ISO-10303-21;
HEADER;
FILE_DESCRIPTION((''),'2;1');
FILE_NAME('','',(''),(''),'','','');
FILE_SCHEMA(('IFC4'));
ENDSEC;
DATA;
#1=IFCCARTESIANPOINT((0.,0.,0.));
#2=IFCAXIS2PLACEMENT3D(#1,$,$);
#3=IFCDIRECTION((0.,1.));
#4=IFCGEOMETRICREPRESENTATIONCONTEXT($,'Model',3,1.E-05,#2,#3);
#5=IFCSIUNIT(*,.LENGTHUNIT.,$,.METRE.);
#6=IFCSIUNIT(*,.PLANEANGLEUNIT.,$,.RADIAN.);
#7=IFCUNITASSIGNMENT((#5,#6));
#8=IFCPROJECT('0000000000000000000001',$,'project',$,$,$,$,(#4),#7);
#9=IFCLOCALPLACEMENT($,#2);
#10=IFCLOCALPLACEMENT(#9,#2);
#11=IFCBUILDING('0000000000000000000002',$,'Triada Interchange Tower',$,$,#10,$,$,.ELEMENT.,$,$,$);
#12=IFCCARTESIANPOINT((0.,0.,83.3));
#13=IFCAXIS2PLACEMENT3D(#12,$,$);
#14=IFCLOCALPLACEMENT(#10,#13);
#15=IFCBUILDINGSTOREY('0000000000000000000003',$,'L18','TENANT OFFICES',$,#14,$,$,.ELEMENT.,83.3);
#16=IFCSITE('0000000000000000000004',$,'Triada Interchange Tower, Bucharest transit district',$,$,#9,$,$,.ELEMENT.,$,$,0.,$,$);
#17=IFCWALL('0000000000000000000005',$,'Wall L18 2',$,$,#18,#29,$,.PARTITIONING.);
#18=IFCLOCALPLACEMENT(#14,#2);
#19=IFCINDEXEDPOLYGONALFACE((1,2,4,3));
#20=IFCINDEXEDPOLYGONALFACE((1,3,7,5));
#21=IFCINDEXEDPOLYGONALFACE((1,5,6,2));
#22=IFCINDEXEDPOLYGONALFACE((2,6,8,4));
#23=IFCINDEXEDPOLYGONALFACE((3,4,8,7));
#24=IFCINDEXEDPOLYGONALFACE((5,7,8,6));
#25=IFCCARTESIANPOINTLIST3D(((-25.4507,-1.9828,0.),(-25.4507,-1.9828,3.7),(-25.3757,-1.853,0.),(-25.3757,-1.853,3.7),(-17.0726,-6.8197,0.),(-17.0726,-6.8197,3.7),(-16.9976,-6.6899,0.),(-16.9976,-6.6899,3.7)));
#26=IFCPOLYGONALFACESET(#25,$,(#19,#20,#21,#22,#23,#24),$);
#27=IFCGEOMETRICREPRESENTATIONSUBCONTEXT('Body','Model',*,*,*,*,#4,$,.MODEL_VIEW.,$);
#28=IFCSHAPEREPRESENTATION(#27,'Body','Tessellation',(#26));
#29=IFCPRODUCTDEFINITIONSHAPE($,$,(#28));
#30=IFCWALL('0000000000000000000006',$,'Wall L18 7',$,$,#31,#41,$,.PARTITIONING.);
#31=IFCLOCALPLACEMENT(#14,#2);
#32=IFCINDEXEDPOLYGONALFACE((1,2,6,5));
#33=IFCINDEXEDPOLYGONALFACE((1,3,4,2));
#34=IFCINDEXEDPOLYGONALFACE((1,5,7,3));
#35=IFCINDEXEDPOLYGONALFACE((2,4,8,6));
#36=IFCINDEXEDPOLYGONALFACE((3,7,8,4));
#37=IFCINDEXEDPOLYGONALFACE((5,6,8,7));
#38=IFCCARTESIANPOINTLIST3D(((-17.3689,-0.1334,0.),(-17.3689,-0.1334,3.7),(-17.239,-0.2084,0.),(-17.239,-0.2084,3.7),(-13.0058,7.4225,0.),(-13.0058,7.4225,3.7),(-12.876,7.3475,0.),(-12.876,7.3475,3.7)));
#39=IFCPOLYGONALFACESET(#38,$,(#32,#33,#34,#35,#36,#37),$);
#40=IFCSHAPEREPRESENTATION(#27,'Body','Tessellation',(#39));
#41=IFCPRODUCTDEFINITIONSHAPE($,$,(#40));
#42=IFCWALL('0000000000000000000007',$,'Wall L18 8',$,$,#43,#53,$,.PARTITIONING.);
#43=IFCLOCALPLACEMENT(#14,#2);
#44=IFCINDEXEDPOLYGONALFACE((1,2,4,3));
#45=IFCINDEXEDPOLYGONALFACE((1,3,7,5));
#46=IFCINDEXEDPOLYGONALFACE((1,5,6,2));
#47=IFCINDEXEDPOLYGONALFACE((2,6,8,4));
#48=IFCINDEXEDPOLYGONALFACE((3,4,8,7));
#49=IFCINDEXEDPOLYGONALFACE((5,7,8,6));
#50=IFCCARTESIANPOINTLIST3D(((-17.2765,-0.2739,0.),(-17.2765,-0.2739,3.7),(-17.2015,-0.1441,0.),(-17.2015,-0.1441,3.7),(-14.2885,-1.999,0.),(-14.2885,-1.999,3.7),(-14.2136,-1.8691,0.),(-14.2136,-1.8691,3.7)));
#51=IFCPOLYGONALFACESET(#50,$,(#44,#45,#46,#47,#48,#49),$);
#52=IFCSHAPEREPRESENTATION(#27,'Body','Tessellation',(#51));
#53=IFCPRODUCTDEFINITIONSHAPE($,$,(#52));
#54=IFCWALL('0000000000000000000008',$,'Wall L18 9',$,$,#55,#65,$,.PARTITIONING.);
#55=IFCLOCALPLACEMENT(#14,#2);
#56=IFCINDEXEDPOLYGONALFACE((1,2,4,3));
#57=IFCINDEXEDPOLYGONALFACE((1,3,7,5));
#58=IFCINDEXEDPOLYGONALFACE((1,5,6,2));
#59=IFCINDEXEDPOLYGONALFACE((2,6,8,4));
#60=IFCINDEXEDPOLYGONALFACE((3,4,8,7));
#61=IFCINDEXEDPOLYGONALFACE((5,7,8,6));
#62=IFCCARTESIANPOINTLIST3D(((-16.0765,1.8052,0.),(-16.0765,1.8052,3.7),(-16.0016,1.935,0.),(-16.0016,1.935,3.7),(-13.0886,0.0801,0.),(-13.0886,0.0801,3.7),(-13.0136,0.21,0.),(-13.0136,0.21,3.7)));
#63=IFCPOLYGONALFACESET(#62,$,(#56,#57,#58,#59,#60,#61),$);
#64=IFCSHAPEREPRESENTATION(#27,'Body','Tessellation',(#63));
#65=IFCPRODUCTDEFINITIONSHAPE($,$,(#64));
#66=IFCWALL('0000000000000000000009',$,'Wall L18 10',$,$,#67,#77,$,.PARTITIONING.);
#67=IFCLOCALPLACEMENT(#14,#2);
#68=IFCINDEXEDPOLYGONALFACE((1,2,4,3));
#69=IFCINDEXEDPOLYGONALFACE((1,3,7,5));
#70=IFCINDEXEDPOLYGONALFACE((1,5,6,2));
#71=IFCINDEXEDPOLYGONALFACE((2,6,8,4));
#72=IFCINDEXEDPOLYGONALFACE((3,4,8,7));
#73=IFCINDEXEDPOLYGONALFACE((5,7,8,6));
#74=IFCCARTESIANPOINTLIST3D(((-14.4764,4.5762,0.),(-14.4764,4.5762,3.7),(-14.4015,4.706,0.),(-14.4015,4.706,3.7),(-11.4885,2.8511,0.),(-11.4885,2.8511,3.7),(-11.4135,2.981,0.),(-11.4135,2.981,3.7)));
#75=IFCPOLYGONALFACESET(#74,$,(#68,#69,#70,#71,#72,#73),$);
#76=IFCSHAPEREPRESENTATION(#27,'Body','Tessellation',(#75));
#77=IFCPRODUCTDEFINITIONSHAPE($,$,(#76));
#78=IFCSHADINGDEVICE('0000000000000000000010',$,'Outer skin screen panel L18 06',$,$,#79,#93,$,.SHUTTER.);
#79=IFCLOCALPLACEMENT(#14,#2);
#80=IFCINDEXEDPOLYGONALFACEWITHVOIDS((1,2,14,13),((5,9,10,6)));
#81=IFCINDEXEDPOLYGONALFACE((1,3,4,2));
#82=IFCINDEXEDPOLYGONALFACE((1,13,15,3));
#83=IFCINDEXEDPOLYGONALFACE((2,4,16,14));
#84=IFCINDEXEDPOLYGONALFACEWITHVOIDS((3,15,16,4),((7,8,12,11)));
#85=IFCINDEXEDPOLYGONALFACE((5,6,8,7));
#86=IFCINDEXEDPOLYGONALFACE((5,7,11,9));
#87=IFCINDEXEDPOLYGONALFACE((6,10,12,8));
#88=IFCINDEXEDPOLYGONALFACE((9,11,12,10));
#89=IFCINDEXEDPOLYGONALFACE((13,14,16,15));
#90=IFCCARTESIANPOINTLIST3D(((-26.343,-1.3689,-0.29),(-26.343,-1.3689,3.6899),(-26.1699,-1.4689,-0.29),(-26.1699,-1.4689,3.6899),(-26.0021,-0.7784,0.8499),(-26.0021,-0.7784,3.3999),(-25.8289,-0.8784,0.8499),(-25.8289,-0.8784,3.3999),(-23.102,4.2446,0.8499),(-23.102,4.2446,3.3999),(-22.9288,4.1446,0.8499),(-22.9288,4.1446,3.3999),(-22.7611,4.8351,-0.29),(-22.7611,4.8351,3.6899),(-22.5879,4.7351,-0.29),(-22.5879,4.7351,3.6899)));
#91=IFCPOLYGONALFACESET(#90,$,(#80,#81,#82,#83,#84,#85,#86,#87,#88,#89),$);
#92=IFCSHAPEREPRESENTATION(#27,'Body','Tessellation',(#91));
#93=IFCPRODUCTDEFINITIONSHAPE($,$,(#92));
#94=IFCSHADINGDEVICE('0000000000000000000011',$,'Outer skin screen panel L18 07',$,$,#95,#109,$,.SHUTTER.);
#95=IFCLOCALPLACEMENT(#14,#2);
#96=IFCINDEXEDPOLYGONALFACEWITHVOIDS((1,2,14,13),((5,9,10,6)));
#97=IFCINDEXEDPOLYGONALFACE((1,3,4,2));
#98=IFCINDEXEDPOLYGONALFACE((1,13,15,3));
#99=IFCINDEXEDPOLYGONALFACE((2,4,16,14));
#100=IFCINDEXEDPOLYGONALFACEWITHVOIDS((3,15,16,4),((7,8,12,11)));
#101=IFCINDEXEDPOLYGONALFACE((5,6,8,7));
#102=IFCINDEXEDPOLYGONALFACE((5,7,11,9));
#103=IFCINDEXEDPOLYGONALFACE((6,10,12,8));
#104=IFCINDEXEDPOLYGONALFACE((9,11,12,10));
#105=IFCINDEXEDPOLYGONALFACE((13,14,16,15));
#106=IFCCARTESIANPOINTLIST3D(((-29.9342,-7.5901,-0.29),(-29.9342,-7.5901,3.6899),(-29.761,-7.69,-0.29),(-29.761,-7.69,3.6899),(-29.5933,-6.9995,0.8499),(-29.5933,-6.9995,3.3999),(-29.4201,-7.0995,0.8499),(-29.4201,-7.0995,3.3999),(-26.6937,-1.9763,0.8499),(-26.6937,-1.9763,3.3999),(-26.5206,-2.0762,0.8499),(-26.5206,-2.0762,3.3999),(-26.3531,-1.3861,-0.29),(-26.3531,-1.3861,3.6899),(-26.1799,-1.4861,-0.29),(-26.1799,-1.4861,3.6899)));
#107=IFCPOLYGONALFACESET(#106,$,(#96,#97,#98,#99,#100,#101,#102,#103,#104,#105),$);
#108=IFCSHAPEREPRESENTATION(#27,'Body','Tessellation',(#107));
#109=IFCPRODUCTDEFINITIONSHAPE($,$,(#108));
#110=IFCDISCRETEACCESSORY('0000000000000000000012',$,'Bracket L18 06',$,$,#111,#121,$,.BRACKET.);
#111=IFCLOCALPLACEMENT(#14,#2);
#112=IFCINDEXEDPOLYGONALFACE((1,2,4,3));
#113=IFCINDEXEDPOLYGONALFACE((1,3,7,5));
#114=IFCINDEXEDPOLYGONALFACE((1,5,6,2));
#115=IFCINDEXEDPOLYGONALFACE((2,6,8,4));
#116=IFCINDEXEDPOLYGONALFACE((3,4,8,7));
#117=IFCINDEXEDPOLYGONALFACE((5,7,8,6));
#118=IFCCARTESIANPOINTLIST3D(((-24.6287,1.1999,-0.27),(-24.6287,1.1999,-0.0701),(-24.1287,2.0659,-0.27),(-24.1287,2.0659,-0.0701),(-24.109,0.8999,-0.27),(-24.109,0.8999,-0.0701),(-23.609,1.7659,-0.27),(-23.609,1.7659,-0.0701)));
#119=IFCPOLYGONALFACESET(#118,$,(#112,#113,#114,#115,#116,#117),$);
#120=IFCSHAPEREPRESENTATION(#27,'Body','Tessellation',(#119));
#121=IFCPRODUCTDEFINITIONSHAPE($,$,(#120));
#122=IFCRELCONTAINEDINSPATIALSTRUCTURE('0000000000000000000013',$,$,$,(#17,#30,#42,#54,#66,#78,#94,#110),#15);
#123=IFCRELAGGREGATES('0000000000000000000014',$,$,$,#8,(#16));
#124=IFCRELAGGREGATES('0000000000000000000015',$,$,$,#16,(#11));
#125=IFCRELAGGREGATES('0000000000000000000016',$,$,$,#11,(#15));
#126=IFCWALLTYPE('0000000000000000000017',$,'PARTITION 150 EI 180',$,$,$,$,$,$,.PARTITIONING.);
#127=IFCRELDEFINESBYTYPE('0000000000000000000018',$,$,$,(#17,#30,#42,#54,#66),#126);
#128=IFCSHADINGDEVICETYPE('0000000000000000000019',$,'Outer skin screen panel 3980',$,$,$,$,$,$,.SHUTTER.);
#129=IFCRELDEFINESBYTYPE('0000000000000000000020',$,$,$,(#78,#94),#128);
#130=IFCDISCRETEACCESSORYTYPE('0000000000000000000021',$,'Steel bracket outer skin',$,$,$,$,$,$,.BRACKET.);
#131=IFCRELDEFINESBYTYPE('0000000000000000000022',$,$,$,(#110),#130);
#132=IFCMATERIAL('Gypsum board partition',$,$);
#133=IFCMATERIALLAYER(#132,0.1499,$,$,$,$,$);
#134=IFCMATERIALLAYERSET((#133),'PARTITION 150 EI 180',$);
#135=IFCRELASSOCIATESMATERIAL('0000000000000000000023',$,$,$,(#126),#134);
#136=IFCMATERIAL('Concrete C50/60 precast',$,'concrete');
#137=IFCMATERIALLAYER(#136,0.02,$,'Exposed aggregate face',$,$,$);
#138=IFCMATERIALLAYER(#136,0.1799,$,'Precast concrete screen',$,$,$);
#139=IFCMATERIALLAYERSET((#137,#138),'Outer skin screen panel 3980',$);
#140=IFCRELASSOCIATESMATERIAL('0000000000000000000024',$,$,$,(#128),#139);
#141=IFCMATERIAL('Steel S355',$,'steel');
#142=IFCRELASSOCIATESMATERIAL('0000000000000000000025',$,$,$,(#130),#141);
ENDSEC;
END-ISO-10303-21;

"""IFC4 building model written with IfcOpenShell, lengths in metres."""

from ifc_helpers import new_model, si_unit, direction, frame, frame_2d, origin, origin_2d, place, context, subcontext, project, spatial, polyline, rectangle, outline, extrude, material, layer, layer_set, type_object, element, save


model = new_model("IFC4")

# Units and contexts
model_context = context("Model", 3, precision=1e-05, world=origin(), true_north=direction((0.0, 1.0)))
body_context = subcontext(model_context, "Body", "Model", "MODEL_VIEW")
ifc_project = project(units=[si_unit("LENGTHUNIT", "METRE"), si_unit("PLANEANGLEUNIT", "RADIAN")], contexts=[model_context])

# Site, building, storey
site_placement = place(None, origin())
site = spatial("IfcSite", under=ifc_project, at=site_placement, Name="Triada Interchange Tower, Bucharest transit district", CompositionType="ELEMENT", RefElevation=0.0)
building_placement = place(site_placement, origin())
building = spatial("IfcBuilding", under=site, at=building_placement, Name="Triada Interchange Tower", CompositionType="ELEMENT")
storey_placement = place(building_placement, frame((0.0, 0.0, 83.3)))
storey = spatial("IfcBuildingStorey", under=building, at=storey_placement, Name="L18", Description="TENANT OFFICES", CompositionType="ELEMENT", Elevation=83.3)

# Walls
ifc_material_1 = material(Name="Gypsum board partition")
ifc_layer_1 = layer(ifc_material_1, 0.1499)
ifc_layer_set_1 = layer_set([ifc_layer_1], Name="PARTITION 150 EI 180")
wall_type_1 = type_object("IfcWallType", Name="PARTITION 150 EI 180", PredefinedType="PARTITIONING", material=ifc_layer_set_1)
wall_1_placement = place(storey_placement, frame((-25.4131, -1.918, 0.0), z_axis=(0.0, 0.0, 1.0), x_axis=(0.866036, -0.499982, 0.0)))
element("IfcWall", 1, at=wall_1_placement, inside=storey, type_object=wall_type_1, Name="Wall L18 2", PredefinedType="PARTITIONING", context=body_context, shape_type="SweptSolid", body=[
    extrude(rectangle(XDim=9.6741, YDim=0.1499, at=frame_2d((4.8369, 0.0))), origin(), (0.0, 0.0, 1.0), 3.7),
])
wall_2_placement = place(storey_placement, frame((-17.304, -0.1709, 0.0), z_axis=(0.0, 0.0, 1.0), x_axis=(0.500054, 0.865994, 0.0)))
element("IfcWall", 2, at=wall_2_placement, inside=storey, type_object=wall_type_1, Name="Wall L18 7", PredefinedType="PARTITIONING", context=body_context, shape_type="SweptSolid", body=[
    extrude(rectangle(XDim=8.7251, YDim=0.1499, at=frame_2d((4.3625, 0.0))), origin(), (0.0, 0.0, 1.0), 3.7),
])
for number, where, z_axis, x_axis, name in (
    (3, (-17.239, -0.209, 0.0), (0.0, 0.0, 1.0), (0.866031, -0.49999, 0.0), "Wall L18 8"),
    (4, (-16.0391, 1.8701, 0.0), (0.0, 0.0, 1.0), (0.866031, -0.49999, 0.0), "Wall L18 9"),
    (5, (-14.439, 4.6411, 0.0), (0.0, 0.0, 1.0), (0.866031, -0.49999, 0.0), "Wall L18 10"),
):
    element("IfcWall", number, at=place(storey_placement, frame(where, z_axis=z_axis, x_axis=x_axis)), inside=storey, type_object=wall_type_1, Name=name, PredefinedType="PARTITIONING", context=body_context, shape_type="SweptSolid", body=[
        extrude(rectangle(XDim=3.4502, YDim=0.1499, at=frame_2d((1.7251, 0.0))), origin(), (0.0, 0.0, 1.0), 3.7),
    ])

# Shading devices
ifc_material_2 = material(Name="Concrete C50/60 precast", Category="concrete")
ifc_layer_2 = layer(ifc_material_2, 0.02, Name="Exposed aggregate face")
ifc_layer_3 = layer(ifc_material_2, 0.1799, Name="Precast concrete screen")
ifc_layer_set_2 = layer_set([ifc_layer_2, ifc_layer_3], Name="Outer skin screen panel 3980")
shading_device_type = type_object("IfcShadingDeviceType", Name="Outer skin screen panel 3980", PredefinedType="SHUTTER", material=ifc_layer_set_2)
shading_device_1_placement = place(storey_placement, frame((-22.5879, 4.7351, -0.29), z_axis=(0.0, 0.0, 1.0), x_axis=(-0.50001, -0.86602, 0.0)))
element("IfcShadingDevice", 6, at=shading_device_1_placement, inside=storey, type_object=shading_device_type, Name="Outer skin screen panel L18 06", PredefinedType="SHUTTER", context=body_context, shape_type="SweptSolid", body=[
    extrude(outline(polyline([(0.0, 0.0), (7.1638, 0.0), (7.1638, 3.98), (0.0, 3.98), (0.0, 0.0)]), holes=[polyline([(0.6819, 1.1399), (0.6819, 3.6899), (6.4819, 3.6899), (6.4819, 1.1399), (0.6819, 1.1399)])]), frame((0.0, 0.0, 0.0), z_axis=(0.0, -1.0, 0.0), x_axis=(1.0, 0.0, 0.0)), (0.0, 0.0, 1.0), 0.2),
])
shading_device_2_placement = place(storey_placement, frame((-26.1799, -1.4861, -0.29), z_axis=(0.0, 0.0, 1.0), x_axis=(-0.499922, -0.86607, 0.0)))
element("IfcShadingDevice", 7, at=shading_device_2_placement, inside=storey, type_object=shading_device_type, Name="Outer skin screen panel L18 07", PredefinedType="SHUTTER", context=body_context, shape_type="SweptSolid", body=[
    extrude(outline(polyline([(0.0, 0.0), (7.1633, 0.0), (7.1633, 3.98), (0.0, 3.98), (0.0, 0.0)]), holes=[polyline([(0.6814, 1.1399), (0.6814, 3.6899), (6.4814, 3.6899), (6.4814, 1.1399), (0.6814, 1.1399)])]), frame((0.0, 0.0, 0.0), z_axis=(0.0, -1.0, 0.0), x_axis=(1.0, 0.0, 0.0)), (0.0, 0.0, 1.0), 0.2),
])

# Discrete accessory
ifc_material_3 = material(Name="Steel S355", Category="steel")
discrete_accessory_type = type_object("IfcDiscreteAccessoryType", Name="Steel bracket outer skin", PredefinedType="BRACKET", material=ifc_material_3)
discrete_accessory_placement = place(storey_placement, frame((-24.1189, 1.4829, -0.27), z_axis=(0.0, 0.0, 1.0), x_axis=(-0.866025, 0.5, 0.0)))
element("IfcDiscreteAccessory", 8, at=discrete_accessory_placement, inside=storey, type_object=discrete_accessory_type, Name="Bracket L18 06", PredefinedType="BRACKET", context=body_context, shape_type="SweptSolid", body=[
    extrude(rectangle(XDim=0.6001, YDim=1.0, at=origin_2d()), origin(), (0.0, 0.0, 1.0), 0.2),
])

save(model, "model.ifc")
